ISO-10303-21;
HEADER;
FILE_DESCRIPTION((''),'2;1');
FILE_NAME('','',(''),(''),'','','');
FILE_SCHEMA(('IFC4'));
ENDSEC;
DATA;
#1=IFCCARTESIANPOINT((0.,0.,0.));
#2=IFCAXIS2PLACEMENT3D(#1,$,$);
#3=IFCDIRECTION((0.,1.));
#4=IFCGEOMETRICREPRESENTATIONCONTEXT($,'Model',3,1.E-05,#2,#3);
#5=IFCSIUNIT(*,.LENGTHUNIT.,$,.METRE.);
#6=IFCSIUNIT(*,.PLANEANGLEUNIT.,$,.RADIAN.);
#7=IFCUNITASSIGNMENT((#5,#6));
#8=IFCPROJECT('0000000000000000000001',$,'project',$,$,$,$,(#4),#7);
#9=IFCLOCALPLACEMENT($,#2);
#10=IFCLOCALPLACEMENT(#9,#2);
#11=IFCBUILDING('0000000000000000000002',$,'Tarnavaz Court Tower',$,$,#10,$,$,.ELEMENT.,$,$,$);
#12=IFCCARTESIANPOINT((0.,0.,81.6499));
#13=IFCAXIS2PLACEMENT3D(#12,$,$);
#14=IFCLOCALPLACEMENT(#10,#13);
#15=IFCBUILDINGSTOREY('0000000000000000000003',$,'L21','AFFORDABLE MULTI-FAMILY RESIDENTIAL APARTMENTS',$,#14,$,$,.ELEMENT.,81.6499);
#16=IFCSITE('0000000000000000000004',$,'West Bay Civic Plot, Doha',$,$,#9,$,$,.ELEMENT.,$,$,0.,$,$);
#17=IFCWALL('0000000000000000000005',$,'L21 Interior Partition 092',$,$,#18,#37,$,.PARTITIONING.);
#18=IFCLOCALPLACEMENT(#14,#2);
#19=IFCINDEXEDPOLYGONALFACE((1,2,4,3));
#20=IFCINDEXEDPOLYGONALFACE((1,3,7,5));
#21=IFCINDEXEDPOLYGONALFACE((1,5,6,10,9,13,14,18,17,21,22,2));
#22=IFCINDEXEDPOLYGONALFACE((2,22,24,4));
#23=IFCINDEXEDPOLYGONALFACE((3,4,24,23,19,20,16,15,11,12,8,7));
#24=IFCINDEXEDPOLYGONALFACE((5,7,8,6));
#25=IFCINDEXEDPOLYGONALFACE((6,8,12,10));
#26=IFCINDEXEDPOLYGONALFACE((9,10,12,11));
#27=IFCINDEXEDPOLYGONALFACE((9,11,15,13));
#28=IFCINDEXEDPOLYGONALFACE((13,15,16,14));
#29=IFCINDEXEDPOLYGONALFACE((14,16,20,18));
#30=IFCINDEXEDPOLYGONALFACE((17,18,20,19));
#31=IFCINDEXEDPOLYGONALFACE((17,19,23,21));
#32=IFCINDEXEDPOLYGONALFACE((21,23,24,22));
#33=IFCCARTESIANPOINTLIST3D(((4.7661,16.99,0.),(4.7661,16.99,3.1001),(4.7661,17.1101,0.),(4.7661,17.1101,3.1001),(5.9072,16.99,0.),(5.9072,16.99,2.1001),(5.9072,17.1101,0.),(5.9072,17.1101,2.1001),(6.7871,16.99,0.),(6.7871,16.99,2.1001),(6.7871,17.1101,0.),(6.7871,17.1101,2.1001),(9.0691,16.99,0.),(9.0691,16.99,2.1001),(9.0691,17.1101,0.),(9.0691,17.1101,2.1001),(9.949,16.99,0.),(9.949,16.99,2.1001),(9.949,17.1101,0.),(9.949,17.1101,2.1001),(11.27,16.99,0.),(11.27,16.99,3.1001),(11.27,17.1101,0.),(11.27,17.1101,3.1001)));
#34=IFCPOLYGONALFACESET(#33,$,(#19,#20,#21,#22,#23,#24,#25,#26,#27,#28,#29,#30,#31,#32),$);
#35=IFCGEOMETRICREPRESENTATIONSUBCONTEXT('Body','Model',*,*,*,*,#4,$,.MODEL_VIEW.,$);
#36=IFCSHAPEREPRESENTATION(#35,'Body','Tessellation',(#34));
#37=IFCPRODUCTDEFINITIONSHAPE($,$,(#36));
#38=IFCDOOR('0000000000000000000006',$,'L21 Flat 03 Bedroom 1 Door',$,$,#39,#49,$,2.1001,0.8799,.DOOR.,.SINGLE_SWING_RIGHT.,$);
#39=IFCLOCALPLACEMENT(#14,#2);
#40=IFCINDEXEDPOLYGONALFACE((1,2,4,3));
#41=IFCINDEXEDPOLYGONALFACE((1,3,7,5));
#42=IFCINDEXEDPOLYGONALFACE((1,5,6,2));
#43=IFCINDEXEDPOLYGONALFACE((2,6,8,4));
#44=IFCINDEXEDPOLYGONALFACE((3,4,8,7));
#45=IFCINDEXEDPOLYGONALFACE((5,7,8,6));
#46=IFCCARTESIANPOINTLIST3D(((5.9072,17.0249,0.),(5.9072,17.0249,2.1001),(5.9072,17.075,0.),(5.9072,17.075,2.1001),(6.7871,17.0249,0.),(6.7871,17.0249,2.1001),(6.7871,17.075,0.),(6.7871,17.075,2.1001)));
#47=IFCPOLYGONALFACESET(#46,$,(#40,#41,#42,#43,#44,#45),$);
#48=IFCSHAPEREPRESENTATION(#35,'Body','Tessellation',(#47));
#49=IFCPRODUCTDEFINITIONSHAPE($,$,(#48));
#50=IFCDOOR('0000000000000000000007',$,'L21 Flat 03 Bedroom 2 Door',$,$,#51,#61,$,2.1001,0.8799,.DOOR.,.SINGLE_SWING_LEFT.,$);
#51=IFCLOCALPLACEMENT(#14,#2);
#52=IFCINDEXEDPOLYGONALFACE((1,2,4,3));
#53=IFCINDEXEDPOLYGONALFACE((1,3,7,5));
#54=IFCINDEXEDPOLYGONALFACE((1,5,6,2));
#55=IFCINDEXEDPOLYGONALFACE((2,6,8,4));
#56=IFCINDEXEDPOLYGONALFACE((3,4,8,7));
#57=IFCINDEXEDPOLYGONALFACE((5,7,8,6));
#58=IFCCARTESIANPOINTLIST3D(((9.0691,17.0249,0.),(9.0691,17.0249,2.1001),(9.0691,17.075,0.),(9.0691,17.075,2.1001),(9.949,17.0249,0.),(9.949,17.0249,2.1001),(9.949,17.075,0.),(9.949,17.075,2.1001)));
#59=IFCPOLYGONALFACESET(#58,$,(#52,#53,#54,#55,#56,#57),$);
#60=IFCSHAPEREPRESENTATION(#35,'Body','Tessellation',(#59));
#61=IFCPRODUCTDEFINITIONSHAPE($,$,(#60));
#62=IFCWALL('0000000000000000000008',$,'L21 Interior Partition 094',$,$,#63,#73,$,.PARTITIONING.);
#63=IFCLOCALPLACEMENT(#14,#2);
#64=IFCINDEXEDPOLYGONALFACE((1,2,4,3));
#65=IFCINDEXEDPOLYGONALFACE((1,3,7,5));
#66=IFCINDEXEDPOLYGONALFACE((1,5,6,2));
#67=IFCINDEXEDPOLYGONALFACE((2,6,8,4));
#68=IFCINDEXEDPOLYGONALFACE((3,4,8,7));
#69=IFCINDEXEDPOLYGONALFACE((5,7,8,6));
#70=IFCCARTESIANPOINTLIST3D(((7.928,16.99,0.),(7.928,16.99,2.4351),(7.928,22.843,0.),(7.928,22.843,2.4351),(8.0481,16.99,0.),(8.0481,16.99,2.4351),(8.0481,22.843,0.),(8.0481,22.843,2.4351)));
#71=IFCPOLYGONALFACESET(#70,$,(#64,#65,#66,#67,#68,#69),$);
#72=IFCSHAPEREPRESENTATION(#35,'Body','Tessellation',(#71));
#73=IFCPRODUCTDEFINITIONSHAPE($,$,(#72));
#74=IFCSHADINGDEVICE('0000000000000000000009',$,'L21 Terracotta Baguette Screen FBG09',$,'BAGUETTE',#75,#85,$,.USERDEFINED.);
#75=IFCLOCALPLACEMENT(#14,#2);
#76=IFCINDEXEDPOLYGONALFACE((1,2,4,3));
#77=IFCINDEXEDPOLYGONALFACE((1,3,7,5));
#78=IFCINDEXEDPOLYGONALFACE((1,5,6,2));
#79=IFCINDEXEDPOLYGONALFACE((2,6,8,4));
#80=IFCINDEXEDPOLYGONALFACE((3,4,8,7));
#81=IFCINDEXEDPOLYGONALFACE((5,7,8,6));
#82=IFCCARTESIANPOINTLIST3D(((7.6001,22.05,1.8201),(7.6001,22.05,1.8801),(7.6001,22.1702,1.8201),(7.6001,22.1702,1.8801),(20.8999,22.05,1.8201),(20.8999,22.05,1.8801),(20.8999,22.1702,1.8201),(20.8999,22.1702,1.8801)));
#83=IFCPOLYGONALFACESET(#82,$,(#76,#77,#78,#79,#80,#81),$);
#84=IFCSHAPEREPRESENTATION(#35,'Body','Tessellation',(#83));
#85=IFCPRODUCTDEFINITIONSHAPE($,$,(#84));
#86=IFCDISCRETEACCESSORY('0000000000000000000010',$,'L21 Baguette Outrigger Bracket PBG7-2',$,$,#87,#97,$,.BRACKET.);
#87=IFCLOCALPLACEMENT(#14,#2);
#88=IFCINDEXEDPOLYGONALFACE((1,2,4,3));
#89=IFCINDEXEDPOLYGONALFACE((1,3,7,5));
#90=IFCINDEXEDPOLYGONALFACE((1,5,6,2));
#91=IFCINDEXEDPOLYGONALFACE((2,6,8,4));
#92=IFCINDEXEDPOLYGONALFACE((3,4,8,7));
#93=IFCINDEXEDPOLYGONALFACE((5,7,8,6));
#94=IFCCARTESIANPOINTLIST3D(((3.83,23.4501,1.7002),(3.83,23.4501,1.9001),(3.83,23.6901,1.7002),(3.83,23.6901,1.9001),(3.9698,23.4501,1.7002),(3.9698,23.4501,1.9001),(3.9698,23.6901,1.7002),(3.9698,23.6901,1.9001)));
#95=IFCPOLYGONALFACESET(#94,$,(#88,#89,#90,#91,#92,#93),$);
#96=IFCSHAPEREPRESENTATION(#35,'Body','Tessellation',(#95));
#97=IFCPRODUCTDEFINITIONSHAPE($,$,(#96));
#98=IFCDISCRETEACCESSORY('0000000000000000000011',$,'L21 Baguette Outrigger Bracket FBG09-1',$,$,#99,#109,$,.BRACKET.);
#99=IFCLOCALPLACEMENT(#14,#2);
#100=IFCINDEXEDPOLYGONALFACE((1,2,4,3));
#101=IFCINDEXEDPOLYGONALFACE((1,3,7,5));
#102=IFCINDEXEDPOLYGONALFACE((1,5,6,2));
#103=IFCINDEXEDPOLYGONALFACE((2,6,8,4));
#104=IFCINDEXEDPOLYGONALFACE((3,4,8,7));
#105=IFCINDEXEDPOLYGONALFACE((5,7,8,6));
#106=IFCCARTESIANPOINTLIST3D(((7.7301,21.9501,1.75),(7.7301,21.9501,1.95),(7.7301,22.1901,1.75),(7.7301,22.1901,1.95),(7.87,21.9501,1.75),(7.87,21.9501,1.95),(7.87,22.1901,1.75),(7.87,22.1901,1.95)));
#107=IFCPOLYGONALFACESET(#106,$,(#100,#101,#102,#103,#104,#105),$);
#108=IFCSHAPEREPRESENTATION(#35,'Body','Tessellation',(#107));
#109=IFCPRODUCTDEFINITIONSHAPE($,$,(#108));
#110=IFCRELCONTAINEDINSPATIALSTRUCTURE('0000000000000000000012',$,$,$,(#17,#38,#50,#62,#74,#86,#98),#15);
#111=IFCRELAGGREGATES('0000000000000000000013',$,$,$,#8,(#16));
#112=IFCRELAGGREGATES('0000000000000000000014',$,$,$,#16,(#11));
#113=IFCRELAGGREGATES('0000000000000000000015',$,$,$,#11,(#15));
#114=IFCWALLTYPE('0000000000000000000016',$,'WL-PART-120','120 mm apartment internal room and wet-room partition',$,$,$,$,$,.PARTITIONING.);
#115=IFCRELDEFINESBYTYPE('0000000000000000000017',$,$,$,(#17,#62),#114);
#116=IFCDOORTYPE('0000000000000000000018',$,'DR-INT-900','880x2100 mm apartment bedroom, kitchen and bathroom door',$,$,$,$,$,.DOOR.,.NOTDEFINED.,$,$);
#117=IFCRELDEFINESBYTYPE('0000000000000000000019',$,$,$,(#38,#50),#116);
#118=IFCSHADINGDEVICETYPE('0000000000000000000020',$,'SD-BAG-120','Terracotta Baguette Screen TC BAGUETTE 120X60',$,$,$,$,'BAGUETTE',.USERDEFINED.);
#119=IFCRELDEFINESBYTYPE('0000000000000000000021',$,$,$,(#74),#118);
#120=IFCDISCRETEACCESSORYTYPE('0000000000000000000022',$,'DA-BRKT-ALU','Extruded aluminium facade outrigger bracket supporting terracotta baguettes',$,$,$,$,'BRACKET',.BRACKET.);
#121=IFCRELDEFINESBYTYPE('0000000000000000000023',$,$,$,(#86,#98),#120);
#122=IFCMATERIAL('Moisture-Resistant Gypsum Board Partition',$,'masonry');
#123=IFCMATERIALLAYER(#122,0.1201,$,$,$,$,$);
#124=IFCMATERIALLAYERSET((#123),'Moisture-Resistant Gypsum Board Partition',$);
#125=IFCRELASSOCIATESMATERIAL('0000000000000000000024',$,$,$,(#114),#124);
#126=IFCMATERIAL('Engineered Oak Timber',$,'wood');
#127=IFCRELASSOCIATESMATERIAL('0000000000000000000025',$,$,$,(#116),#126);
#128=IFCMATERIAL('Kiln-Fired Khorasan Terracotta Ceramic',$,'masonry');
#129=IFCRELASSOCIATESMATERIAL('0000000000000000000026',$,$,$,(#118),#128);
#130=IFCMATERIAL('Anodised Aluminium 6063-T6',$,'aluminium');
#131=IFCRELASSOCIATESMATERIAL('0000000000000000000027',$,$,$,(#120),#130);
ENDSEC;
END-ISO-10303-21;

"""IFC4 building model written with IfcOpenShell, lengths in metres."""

from ifc_helpers import new_model, si_unit, direction, frame, frame_2d, origin, origin_2d, place, context, subcontext, project, spatial, rectangle, extrude, material, layer, layer_set, material_profile, profile_set, type_object, element, fill, save


model = new_model("IFC4")

# Units and contexts
model_context = context("Model", 3, precision=1e-05, world=origin(), true_north=direction((0.0, 1.0)))
body_context = subcontext(model_context, "Body", "Model", "MODEL_VIEW")
ifc_project = project(units=[si_unit("LENGTHUNIT", "METRE"), si_unit("PLANEANGLEUNIT", "RADIAN")], contexts=[model_context])

# Site, building, storey
site_placement = place(None, origin())
site = spatial("IfcSite", under=ifc_project, at=site_placement, Name="West Bay Civic Plot, Doha", CompositionType="ELEMENT", RefElevation=0.0)
building_placement = place(site_placement, origin())
building = spatial("IfcBuilding", under=site, at=building_placement, Name="Tarnavaz Court Tower", CompositionType="ELEMENT")
storey_placement = place(building_placement, frame((0.0, 0.0, 81.6499)))
storey = spatial("IfcBuildingStorey", under=building, at=storey_placement, Name="L21", Description="AFFORDABLE MULTI-FAMILY RESIDENTIAL APARTMENTS", CompositionType="ELEMENT", Elevation=81.6499)

# Shared definitions
ifc_material_1 = material(Name="Anodised Aluminium 6063-T6", Category="aluminium")

# Shared definitions
ifc_material_2 = material(Name="Moisture-Resistant Gypsum Board Partition", Category="masonry")
ifc_layer_1 = layer(ifc_material_2, 0.1201)
ifc_layer_set_1 = layer_set([ifc_layer_1], Name="Moisture-Resistant Gypsum Board Partition")
wall_type_1 = type_object("IfcWallType", Name="WL-PART-120", Description="120 mm apartment internal room and wet-room partition", PredefinedType="PARTITIONING", material=ifc_layer_set_1)
ifc_material_3 = material(Name="Engineered Oak Timber", Category="wood")
door_type = type_object("IfcDoorType", Name="DR-INT-900", Description="880x2100 mm apartment bedroom, kitchen and bathroom door", OperationType="NOTDEFINED", PredefinedType="DOOR", material=ifc_material_3)

# Wall, openings, doors
wall_1_placement = place(storey_placement, frame((4.7661, 17.05, 0.0), z_axis=(0.0, 0.0, 1.0), x_axis=(1.0, 0.0, 0.0)))
wall_1 = element("IfcWall", 1, at=wall_1_placement, inside=storey, type_object=wall_type_1, Name="L21 Interior Partition 092", PredefinedType="PARTITIONING", context=body_context, shape_type="SweptSolid", body=[
    extrude(rectangle(XDim=6.5039, YDim=0.1201, at=frame_2d((3.252, 0.0))), origin(), (0.0, 0.0, 1.0), 3.1001),
])
opening_1_placement = place(wall_1_placement, frame((1.1411, 0.0, 0.0)))
opening_1 = element("IfcOpeningElement", 2, at=opening_1_placement, cuts=wall_1, PredefinedType="OPENING", context=body_context, shape_type="SweptSolid", body=[
    extrude(rectangle(XDim=0.8799, YDim=2.1001, at=frame_2d((0.4399, 1.05))), frame((0.0, 0.0701, 0.0), z_axis=(0.0, -1.0, 0.0), x_axis=(1.0, 0.0, 0.0)), (0.0, 0.0, 1.0), 0.1401),
])
opening_2_placement = place(wall_1_placement, frame((4.303, 0.0, 0.0)))
opening_2 = element("IfcOpeningElement", 3, at=opening_2_placement, cuts=wall_1, PredefinedType="OPENING", context=body_context, shape_type="SweptSolid", body=[
    extrude(rectangle(XDim=0.8799, YDim=2.1001, at=frame_2d((0.4399, 1.05))), frame((0.0, 0.0701, 0.0), z_axis=(0.0, -1.0, 0.0), x_axis=(1.0, 0.0, 0.0)), (0.0, 0.0, 1.0), 0.1401),
])
door_1_placement = place(opening_1_placement, origin())
door_1 = element("IfcDoor", 4, at=door_1_placement, inside=storey, type_object=door_type, Name="L21 Flat 03 Bedroom 1 Door", OperationType="SINGLE_SWING_RIGHT", OverallHeight=2.1001, OverallWidth=0.8799, PredefinedType="DOOR", context=body_context, shape_type="SweptSolid", body=[
    extrude(rectangle(XDim=0.8799, YDim=2.1001, at=frame_2d((0.4399, 1.05))), frame((0.0, 0.0249, 0.0), z_axis=(0.0, -1.0, 0.0), x_axis=(1.0, 0.0, 0.0)), (0.0, 0.0, 1.0), 0.05),
])
fill(opening_1, door_1)
door_2_placement = place(opening_2_placement, origin())
door_2 = element("IfcDoor", 5, at=door_2_placement, inside=storey, type_object=door_type, Name="L21 Flat 03 Bedroom 2 Door", OperationType="SINGLE_SWING_LEFT", OverallHeight=2.1001, OverallWidth=0.8799, PredefinedType="DOOR", context=body_context, shape_type="SweptSolid", body=[
    extrude(rectangle(XDim=0.8799, YDim=2.1001, at=frame_2d((0.4399, 1.05))), frame((0.0, 0.0249, 0.0), z_axis=(0.0, -1.0, 0.0), x_axis=(1.0, 0.0, 0.0)), (0.0, 0.0, 1.0), 0.05),
])
fill(opening_2, door_2)

# Wall
wall_2_placement = place(storey_placement, frame((7.988, 16.99, 0.0), z_axis=(0.0, 0.0, 1.0), x_axis=(0.0, 1.0, 0.0)))
element("IfcWall", 6, at=wall_2_placement, inside=storey, type_object=wall_type_1, Name="L21 Interior Partition 094", PredefinedType="PARTITIONING", context=body_context, shape_type="SweptSolid", body=[
    extrude(rectangle(XDim=5.853, YDim=0.1201, at=frame_2d((2.9265, 0.0))), origin(), (0.0, 0.0, 1.0), 2.4351),
])

# Shading device
ifc_material_4 = material(Name="Kiln-Fired Khorasan Terracotta Ceramic", Category="masonry")
ifc_material_profile_1 = material_profile(ifc_material_4, rectangle(XDim=0.1201, YDim=0.0601, at=origin_2d()), Name="TC BAGUETTE 120X60")
ifc_profile_set_1 = profile_set([ifc_material_profile_1], Name="Kiln-Fired Khorasan Terracotta Ceramic")
shading_device_type = type_object("IfcShadingDeviceType", Name="SD-BAG-120", Description="Terracotta Baguette Screen TC BAGUETTE 120X60", ElementType="BAGUETTE", PredefinedType="USERDEFINED", material=ifc_profile_set_1)
shading_device_placement = place(storey_placement, frame((7.6001, 22.1101, 1.8501), z_axis=(1.0, 0.0, 0.0), x_axis=(0.0, 1.0, 0.0)))
element("IfcShadingDevice", 7, at=shading_device_placement, inside=storey, type_object=shading_device_type, Name="L21 Terracotta Baguette Screen FBG09", ObjectType="BAGUETTE", PredefinedType="USERDEFINED", context=body_context, shape_type="SweptSolid", body=[
    extrude(rectangle(XDim=0.1201, YDim=0.0601, at=origin_2d()), origin(), (0.0, 0.0, 1.0), 13.2998),
])

# Discrete accessories
discrete_accessory_type = type_object("IfcDiscreteAccessoryType", Name="DA-BRKT-ALU", Description="Extruded aluminium facade outrigger bracket supporting terracotta baguettes", ElementType="BRACKET", PredefinedType="BRACKET", material=ifc_material_1)
for number, where, z_axis, x_axis, name in (
    (8, (3.8999, 23.5701, 1.7002), (0.0, 0.0, 1.0), (1.0, 0.0, 0.0), "L21 Baguette Outrigger Bracket PBG7-2"),
    (9, (7.8, 22.0701, 1.75), (0.0, 0.0, 1.0), (1.0, 0.0, 0.0), "L21 Baguette Outrigger Bracket FBG09-1"),
):
    element("IfcDiscreteAccessory", number, at=place(storey_placement, frame(where, z_axis=z_axis, x_axis=x_axis)), inside=storey, type_object=discrete_accessory_type, Name=name, PredefinedType="BRACKET", context=body_context, shape_type="SweptSolid", body=[
        extrude(rectangle(XDim=0.1399, YDim=0.24, at=origin_2d()), origin(), (0.0, 0.0, 1.0), 0.2),
    ])

save(model, "model.ifc")
